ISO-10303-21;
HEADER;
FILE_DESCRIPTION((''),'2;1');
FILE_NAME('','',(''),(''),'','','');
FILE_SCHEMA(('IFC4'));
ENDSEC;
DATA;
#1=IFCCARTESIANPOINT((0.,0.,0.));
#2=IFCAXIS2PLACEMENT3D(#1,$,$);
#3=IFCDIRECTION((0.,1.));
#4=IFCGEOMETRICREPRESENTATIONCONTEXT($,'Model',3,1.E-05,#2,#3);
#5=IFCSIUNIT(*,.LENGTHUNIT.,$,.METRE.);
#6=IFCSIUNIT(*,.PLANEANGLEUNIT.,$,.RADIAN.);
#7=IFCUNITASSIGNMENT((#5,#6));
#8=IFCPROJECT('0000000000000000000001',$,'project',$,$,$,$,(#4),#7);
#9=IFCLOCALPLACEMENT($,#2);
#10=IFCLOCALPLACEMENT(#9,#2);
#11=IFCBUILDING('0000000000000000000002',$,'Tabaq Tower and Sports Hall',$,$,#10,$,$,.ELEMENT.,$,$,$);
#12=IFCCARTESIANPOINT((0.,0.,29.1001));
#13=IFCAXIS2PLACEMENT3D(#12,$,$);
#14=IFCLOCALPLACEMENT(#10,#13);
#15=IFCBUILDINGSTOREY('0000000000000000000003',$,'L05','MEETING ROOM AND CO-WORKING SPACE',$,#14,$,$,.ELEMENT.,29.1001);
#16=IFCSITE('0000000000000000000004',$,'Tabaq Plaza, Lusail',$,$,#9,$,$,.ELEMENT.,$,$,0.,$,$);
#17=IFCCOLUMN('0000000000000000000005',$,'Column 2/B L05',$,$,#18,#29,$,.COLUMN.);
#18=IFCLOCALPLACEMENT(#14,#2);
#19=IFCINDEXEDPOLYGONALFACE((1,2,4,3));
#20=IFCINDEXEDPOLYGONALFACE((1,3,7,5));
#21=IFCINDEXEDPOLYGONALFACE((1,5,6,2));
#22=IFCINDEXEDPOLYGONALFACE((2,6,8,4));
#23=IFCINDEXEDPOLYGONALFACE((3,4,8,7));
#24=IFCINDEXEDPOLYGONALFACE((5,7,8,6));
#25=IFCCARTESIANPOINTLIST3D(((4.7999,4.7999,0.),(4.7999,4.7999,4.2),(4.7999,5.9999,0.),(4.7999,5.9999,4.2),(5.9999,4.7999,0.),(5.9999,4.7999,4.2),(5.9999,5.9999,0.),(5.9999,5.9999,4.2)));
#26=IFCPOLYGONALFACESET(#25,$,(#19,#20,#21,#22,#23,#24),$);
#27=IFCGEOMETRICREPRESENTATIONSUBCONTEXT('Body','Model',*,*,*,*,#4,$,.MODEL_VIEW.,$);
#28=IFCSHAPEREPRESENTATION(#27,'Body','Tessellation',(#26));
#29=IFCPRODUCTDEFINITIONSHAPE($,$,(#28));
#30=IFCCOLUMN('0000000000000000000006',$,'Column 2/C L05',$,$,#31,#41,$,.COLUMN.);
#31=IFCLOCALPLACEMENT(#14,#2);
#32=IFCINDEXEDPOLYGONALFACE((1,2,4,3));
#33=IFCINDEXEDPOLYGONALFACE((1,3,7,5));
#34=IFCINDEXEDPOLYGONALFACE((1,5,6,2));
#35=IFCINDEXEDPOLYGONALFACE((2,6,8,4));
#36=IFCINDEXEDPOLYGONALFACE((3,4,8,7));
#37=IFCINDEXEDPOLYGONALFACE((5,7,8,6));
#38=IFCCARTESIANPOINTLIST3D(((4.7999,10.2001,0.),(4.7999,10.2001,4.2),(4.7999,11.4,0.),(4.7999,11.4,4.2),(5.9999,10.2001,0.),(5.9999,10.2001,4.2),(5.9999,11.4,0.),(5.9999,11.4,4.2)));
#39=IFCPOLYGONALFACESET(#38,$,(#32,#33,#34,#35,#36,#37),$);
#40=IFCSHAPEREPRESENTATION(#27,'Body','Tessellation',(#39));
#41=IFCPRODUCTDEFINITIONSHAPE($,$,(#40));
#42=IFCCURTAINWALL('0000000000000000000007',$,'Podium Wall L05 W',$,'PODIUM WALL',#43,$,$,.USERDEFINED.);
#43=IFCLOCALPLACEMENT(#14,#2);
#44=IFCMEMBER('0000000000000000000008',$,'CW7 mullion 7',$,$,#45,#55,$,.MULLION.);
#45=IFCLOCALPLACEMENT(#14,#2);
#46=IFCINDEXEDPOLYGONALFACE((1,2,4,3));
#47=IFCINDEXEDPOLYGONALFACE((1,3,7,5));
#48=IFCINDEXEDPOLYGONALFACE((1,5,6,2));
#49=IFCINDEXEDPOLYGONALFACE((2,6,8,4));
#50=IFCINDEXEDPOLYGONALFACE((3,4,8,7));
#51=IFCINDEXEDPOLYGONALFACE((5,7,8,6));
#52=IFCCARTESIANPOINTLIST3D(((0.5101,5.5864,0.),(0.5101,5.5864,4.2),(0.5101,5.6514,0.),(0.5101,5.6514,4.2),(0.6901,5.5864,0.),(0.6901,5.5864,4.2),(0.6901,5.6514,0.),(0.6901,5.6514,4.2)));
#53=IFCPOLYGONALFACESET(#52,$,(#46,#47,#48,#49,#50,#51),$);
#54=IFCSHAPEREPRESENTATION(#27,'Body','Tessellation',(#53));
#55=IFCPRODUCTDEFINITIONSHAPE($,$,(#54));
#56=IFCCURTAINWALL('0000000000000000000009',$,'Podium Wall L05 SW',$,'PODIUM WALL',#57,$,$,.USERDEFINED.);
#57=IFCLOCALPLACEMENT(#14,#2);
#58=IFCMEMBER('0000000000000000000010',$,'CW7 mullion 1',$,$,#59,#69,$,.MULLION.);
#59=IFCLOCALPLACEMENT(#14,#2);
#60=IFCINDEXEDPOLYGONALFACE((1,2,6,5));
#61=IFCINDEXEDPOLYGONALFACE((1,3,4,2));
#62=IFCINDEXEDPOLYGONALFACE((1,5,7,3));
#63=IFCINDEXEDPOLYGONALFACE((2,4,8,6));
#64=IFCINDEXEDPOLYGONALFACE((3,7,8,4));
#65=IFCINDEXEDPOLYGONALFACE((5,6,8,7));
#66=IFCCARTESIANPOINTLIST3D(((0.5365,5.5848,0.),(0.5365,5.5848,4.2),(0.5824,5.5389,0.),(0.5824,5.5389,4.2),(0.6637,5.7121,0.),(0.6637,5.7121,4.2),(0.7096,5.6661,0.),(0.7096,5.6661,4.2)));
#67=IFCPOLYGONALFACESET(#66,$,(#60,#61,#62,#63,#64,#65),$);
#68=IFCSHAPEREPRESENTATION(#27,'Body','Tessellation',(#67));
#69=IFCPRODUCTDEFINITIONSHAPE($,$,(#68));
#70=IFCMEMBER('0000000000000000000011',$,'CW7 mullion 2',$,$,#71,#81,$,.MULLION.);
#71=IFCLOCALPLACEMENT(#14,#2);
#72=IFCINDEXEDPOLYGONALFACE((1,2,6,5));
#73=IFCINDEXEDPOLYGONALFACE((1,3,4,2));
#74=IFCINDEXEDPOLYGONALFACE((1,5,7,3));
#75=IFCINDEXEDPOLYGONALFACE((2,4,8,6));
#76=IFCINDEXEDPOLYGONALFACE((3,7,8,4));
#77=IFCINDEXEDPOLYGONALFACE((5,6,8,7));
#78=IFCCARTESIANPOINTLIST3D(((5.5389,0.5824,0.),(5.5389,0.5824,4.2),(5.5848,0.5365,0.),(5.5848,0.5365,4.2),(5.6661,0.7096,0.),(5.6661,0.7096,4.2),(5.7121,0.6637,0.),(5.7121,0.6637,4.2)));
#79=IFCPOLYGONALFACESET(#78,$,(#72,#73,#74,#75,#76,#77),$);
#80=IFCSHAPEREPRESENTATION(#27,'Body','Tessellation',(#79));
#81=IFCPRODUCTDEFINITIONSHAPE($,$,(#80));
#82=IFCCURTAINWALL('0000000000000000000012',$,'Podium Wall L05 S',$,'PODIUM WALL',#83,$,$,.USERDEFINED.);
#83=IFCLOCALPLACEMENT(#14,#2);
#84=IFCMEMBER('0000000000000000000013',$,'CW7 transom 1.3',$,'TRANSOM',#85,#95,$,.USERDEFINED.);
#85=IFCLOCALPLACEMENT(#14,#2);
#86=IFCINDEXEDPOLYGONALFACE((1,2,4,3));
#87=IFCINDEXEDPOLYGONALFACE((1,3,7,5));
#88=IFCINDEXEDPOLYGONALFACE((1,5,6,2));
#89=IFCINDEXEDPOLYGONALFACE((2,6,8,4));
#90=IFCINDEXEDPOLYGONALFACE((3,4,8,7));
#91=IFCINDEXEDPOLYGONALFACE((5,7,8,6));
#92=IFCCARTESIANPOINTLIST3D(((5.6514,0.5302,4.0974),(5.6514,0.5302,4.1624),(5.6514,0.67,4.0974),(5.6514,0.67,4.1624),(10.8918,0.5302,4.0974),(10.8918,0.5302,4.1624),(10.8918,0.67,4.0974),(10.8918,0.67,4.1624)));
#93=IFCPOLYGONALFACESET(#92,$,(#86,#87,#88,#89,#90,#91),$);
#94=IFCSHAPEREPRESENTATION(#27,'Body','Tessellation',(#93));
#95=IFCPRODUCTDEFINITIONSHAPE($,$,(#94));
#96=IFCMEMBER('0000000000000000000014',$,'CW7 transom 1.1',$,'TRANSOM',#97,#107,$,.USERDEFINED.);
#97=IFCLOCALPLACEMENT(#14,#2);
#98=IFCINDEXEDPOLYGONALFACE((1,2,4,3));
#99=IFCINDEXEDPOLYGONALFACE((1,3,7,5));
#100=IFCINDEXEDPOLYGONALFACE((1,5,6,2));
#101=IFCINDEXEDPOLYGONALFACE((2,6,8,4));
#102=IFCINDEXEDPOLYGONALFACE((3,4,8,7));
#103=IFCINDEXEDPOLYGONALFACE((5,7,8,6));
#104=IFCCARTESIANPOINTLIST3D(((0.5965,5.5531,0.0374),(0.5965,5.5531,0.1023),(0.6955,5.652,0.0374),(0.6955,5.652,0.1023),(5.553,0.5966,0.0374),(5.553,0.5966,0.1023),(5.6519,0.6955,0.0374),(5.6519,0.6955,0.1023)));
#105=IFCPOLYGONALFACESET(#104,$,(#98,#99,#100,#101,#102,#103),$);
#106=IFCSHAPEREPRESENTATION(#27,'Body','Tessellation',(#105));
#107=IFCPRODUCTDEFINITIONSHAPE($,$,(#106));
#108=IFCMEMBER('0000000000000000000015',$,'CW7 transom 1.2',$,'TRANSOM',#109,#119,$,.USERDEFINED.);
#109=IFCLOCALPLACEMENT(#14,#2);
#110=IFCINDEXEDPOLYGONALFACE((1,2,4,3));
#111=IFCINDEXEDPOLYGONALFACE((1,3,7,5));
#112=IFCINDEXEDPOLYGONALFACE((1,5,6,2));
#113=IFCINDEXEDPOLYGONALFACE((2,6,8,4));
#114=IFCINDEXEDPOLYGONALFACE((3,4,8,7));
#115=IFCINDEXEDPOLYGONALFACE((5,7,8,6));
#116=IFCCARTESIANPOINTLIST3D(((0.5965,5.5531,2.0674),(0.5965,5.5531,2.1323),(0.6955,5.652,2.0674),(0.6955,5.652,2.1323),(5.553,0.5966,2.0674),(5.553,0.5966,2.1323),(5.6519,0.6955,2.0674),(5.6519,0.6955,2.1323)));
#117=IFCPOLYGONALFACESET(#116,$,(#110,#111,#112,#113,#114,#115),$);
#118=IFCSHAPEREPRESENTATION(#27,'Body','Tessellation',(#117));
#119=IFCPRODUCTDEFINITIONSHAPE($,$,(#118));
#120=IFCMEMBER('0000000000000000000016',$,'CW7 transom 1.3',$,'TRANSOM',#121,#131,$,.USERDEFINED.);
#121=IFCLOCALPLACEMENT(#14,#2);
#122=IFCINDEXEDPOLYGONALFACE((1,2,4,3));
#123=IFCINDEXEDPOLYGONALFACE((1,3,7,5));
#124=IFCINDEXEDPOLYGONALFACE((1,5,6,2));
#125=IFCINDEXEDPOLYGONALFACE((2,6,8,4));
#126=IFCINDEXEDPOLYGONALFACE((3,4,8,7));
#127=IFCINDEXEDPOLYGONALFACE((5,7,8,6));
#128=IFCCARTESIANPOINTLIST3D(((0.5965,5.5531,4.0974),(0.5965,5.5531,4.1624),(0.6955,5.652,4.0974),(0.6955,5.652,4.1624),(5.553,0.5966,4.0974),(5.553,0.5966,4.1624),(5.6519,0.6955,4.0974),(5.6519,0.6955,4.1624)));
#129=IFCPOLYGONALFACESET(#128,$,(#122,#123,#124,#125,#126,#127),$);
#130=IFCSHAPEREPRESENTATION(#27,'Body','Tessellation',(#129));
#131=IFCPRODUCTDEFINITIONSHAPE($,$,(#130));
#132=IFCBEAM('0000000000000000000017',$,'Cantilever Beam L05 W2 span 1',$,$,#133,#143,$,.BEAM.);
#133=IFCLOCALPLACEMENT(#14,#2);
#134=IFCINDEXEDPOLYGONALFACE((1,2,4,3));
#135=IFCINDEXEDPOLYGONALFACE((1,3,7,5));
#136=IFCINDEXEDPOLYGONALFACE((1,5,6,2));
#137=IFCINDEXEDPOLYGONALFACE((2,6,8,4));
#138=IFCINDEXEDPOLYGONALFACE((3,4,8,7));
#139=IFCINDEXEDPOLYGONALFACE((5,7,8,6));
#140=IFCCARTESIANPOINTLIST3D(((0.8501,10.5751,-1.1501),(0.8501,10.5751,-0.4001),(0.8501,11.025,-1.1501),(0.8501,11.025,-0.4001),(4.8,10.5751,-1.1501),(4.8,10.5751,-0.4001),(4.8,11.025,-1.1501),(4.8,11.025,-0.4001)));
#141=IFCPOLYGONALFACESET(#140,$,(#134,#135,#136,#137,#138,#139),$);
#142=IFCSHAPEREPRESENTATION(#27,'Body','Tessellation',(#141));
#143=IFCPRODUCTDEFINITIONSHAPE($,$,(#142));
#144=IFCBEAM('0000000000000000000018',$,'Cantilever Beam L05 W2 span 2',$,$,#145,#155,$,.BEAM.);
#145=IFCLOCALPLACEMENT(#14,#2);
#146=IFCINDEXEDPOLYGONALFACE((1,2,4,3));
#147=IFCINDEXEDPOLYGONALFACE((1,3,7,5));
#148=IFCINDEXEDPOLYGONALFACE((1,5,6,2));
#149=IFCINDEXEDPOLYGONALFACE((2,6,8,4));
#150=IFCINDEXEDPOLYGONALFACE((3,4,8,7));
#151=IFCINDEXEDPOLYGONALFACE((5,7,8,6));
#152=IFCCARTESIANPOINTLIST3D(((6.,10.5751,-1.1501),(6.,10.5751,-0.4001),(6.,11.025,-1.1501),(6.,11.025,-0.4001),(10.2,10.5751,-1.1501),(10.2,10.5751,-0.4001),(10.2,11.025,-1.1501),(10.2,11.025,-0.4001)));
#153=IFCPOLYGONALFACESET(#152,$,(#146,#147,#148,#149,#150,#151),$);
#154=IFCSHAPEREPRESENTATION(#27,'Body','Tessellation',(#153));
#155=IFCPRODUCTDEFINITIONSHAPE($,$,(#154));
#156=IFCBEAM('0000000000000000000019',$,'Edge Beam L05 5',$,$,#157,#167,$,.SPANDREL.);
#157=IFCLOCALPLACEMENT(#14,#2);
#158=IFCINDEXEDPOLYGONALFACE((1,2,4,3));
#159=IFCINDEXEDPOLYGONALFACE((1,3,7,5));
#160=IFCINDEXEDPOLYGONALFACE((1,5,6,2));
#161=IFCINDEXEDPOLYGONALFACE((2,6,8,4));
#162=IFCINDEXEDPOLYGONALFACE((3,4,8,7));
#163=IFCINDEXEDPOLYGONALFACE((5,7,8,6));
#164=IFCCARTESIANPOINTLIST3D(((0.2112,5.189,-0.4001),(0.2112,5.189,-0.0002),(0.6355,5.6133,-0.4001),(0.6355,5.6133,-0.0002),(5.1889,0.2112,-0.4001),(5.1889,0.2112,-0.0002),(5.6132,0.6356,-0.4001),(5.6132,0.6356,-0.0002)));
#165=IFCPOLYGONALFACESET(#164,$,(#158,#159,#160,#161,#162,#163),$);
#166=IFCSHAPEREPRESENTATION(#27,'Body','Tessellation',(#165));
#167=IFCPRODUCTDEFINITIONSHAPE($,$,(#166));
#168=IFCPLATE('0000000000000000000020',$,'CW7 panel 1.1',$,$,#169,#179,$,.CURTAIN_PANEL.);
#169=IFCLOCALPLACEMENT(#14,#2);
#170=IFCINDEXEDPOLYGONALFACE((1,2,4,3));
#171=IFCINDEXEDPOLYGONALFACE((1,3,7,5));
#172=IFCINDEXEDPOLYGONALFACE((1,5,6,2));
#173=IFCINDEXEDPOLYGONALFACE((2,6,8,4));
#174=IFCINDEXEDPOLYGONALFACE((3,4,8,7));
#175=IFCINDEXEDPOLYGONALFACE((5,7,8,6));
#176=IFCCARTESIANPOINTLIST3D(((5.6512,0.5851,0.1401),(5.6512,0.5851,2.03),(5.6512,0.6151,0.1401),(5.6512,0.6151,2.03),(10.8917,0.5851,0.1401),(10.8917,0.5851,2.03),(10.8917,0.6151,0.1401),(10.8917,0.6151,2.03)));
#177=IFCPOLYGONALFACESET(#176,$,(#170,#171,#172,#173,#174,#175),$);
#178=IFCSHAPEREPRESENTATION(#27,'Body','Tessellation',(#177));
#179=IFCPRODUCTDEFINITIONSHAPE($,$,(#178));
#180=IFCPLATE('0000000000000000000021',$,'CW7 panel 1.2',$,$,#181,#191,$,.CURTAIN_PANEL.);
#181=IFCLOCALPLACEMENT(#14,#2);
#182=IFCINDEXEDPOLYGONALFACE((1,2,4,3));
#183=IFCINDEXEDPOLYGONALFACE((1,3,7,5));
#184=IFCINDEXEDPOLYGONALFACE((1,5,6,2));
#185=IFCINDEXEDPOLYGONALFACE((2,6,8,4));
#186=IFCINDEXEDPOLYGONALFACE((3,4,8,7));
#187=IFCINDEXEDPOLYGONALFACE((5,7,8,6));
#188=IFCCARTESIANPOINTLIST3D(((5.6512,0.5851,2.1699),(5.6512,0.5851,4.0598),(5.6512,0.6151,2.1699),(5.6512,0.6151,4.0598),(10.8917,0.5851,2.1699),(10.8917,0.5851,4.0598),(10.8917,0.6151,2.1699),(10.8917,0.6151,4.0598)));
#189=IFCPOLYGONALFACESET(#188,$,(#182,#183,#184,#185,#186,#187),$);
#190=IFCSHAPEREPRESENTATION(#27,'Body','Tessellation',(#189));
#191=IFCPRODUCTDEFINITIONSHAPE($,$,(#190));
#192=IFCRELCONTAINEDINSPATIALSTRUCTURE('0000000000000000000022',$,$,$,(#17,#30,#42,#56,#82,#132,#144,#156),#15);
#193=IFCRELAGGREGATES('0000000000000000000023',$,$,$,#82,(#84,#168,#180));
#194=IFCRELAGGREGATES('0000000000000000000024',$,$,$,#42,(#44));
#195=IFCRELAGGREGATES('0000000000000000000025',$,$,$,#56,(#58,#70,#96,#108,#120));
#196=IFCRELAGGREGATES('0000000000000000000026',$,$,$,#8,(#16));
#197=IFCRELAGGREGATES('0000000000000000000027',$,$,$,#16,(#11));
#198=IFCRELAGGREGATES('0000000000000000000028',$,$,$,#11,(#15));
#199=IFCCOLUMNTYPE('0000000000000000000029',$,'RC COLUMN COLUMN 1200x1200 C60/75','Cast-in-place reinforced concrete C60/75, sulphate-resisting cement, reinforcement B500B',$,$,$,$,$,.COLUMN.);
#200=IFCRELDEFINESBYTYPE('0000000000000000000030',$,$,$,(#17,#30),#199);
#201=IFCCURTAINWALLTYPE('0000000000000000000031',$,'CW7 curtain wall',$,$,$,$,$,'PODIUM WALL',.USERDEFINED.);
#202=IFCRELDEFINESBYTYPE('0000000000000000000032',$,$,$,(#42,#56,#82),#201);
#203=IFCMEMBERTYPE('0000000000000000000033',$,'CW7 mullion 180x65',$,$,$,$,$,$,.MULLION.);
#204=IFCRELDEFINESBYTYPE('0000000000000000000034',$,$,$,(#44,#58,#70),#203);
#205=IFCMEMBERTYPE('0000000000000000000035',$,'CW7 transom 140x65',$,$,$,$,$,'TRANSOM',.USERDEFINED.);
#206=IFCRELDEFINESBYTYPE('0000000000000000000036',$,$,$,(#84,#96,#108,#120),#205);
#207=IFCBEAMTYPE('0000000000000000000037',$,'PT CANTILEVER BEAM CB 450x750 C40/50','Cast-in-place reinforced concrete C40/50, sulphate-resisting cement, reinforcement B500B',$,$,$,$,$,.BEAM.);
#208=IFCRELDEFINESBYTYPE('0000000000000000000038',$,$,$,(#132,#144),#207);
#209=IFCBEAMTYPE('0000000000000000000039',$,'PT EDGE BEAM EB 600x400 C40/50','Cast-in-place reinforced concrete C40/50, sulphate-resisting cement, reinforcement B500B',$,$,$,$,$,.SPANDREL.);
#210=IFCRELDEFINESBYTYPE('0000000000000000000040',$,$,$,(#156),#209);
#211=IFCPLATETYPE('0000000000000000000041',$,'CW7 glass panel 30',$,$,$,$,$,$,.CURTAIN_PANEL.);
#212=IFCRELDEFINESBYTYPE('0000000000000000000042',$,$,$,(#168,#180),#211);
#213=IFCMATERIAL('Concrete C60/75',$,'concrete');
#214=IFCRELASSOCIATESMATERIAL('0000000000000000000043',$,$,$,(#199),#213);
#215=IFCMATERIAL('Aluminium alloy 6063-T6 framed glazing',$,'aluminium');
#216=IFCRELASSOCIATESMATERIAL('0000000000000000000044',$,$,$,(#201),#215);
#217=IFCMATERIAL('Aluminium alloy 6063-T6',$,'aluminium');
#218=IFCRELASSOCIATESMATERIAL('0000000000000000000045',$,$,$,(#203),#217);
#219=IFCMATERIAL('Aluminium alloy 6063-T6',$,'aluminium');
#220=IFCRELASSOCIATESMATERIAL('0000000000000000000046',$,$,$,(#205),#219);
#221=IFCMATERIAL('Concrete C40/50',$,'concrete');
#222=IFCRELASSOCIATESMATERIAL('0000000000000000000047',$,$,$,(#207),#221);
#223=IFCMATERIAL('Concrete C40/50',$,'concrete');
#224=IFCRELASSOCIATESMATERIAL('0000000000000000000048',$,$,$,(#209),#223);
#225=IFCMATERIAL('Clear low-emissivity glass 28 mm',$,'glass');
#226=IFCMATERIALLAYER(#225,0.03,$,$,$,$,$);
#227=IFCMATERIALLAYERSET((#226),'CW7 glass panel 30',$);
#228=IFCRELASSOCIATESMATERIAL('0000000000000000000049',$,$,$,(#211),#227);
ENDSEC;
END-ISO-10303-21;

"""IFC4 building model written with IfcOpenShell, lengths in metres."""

from ifc_helpers import new_model, si_unit, direction, frame, origin, origin_2d, place, context, subcontext, project, spatial, rectangle, extrude, material, layer, layer_set, material_profile, profile_set, type_object, element, aggregate, save


model = new_model("IFC4")

# Units and contexts
model_context = context("Model", 3, precision=1e-05, world=origin(), true_north=direction((0.0, 1.0)))
body_context = subcontext(model_context, "Body", "Model", "MODEL_VIEW")
ifc_project = project(units=[si_unit("LENGTHUNIT", "METRE"), si_unit("PLANEANGLEUNIT", "RADIAN")], contexts=[model_context])

# Site, building, storey
site_placement = place(None, origin())
site = spatial("IfcSite", under=ifc_project, at=site_placement, Name="Tabaq Plaza, Lusail", CompositionType="ELEMENT", RefElevation=0.0)
building_placement = place(site_placement, origin())
building = spatial("IfcBuilding", under=site, at=building_placement, Name="Tabaq Tower and Sports Hall", CompositionType="ELEMENT")
storey_placement = place(building_placement, frame((0.0, 0.0, 29.1001)))
storey = spatial("IfcBuildingStorey", under=building, at=storey_placement, Name="L05", Description="MEETING ROOM AND CO-WORKING SPACE", CompositionType="ELEMENT", Elevation=29.1001)

# Columns
ifc_material_1 = material(Name="Concrete C60/75", Category="concrete")
ifc_material_profile_1 = material_profile(ifc_material_1, rectangle(XDim=1.2, YDim=1.2, at=origin_2d()), Name="COLUMN 1200x1200")
ifc_profile_set_1 = profile_set([ifc_material_profile_1], Name="Concrete C60/75")
column_type = type_object("IfcColumnType", Name="RC COLUMN COLUMN 1200x1200 C60/75", Description="Cast-in-place reinforced concrete C60/75, sulphate-resisting cement, reinforcement B500B", PredefinedType="COLUMN", material=ifc_profile_set_1)
for number, where, z_axis, x_axis, name in (
    (1, (5.3999, 5.3999, 0.0), (0.0, 0.0, 1.0), (1.0, 0.0, 0.0), "Column 2/B L05"),
    (2, (5.3999, 10.8, 0.0), (0.0, 0.0, 1.0), (1.0, 0.0, 0.0), "Column 2/C L05"),
):
    element("IfcColumn", number, at=place(storey_placement, frame(where, z_axis=z_axis, x_axis=x_axis)), inside=storey, type_object=column_type, Name=name, PredefinedType="COLUMN", context=body_context, shape_type="SweptSolid", body=[
        extrude(rectangle(XDim=1.2, YDim=1.2, at=origin_2d()), origin(), (0.0, 0.0, 1.0), 4.2),
    ])

# Curtain wall, member
ifc_material_2 = material(Name="Aluminium alloy 6063-T6 framed glazing", Category="aluminium")
curtain_wall_type = type_object("IfcCurtainWallType", Name="CW7 curtain wall", ElementType="PODIUM WALL", PredefinedType="USERDEFINED", material=ifc_material_2)
curtain_wall_1_placement = place(storey_placement, origin())
curtain_wall_1 = element("IfcCurtainWall", 3, at=curtain_wall_1_placement, inside=storey, type_object=curtain_wall_type, Name="Podium Wall L05 W", ObjectType="PODIUM WALL", PredefinedType="USERDEFINED")
ifc_material_3 = material(Name="Aluminium alloy 6063-T6", Category="aluminium")
ifc_material_profile_2 = material_profile(ifc_material_3, rectangle(XDim=0.1799, YDim=0.0649, at=origin_2d()), Name="MULLION 180x65")
ifc_profile_set_2 = profile_set([ifc_material_profile_2], Name="Aluminium alloy 6063-T6")
member_type_1 = type_object("IfcMemberType", Name="CW7 mullion 180x65", PredefinedType="MULLION", material=ifc_profile_set_2)
member_1_placement = place(storey_placement, frame((0.6001, 5.6189, 0.0), z_axis=(0.0, 0.0, 1.0), x_axis=(1.0, 0.0, 0.0)))
member_1 = element("IfcMember", 4, at=member_1_placement, type_object=member_type_1, Name="CW7 mullion 7", PredefinedType="MULLION", context=body_context, shape_type="SweptSolid", body=[
    extrude(rectangle(XDim=0.1799, YDim=0.0649, at=origin_2d()), origin(), (0.0, 0.0, 1.0), 4.2),
])

# Curtain wall, members
curtain_wall_2_placement = place(storey_placement, origin())
curtain_wall_2 = element("IfcCurtainWall", 5, at=curtain_wall_2_placement, inside=storey, type_object=curtain_wall_type, Name="Podium Wall L05 SW", ObjectType="PODIUM WALL", PredefinedType="USERDEFINED")
member_2_placement = place(storey_placement, frame((0.623, 5.6255, 0.0), z_axis=(0.0, 0.0, 1.0), x_axis=(0.707107, 0.707107, 0.0)))
member_2 = element("IfcMember", 6, at=member_2_placement, type_object=member_type_1, Name="CW7 mullion 1", PredefinedType="MULLION", context=body_context, shape_type="SweptSolid", body=[
    extrude(rectangle(XDim=0.1799, YDim=0.0649, at=origin_2d()), origin(), (0.0, 0.0, 1.0), 4.2),
])
member_3_placement = place(storey_placement, frame((5.6255, 0.623, 0.0), z_axis=(0.0, 0.0, 1.0), x_axis=(0.707107, 0.707107, 0.0)))
member_3 = element("IfcMember", 7, at=member_3_placement, type_object=member_type_1, Name="CW7 mullion 2", PredefinedType="MULLION", context=body_context, shape_type="SweptSolid", body=[
    extrude(rectangle(XDim=0.1799, YDim=0.0649, at=origin_2d()), origin(), (0.0, 0.0, 1.0), 4.2),
])

# Curtain wall, member
curtain_wall_3_placement = place(storey_placement, origin())
curtain_wall_3 = element("IfcCurtainWall", 8, at=curtain_wall_3_placement, inside=storey, type_object=curtain_wall_type, Name="Podium Wall L05 S", ObjectType="PODIUM WALL", PredefinedType="USERDEFINED")
ifc_material_4 = material(Name="Aluminium alloy 6063-T6", Category="aluminium")
ifc_material_profile_3 = material_profile(ifc_material_4, rectangle(XDim=0.1399, YDim=0.0649, at=origin_2d()), Name="TRANSOM 140x65")
ifc_profile_set_3 = profile_set([ifc_material_profile_3], Name="Aluminium alloy 6063-T6")
member_type_2 = type_object("IfcMemberType", Name="CW7 transom 140x65", ElementType="TRANSOM", PredefinedType="USERDEFINED", material=ifc_profile_set_3)
member_4_placement = place(storey_placement, frame((5.6514, 0.6001, 4.1299), z_axis=(1.0, 0.0, 0.0), x_axis=(0.0, 1.0, 0.0)))
member_4 = element("IfcMember", 9, at=member_4_placement, type_object=member_type_2, Name="CW7 transom 1.3", ObjectType="TRANSOM", PredefinedType="USERDEFINED", context=body_context, shape_type="SweptSolid", body=[
    extrude(rectangle(XDim=0.1399, YDim=0.0649, at=origin_2d()), origin(), (0.0, 0.0, 1.0), 5.2405),
])

# Members
member_5_placement = place(storey_placement, frame((0.646, 5.6025, 0.0698), z_axis=(0.707107, -0.707107, 0.0), x_axis=(0.707107, 0.707107, 0.0)))
member_5 = element("IfcMember", 10, at=member_5_placement, type_object=member_type_2, Name="CW7 transom 1.1", ObjectType="TRANSOM", PredefinedType="USERDEFINED", context=body_context, shape_type="SweptSolid", body=[
    extrude(rectangle(XDim=0.1399, YDim=0.0649, at=origin_2d()), origin(), (0.0, 0.0, 1.0), 7.0095),
])
member_6_placement = place(storey_placement, frame((0.646, 5.6025, 2.0999), z_axis=(0.707107, -0.707107, 0.0), x_axis=(0.707107, 0.707107, 0.0)))
member_6 = element("IfcMember", 11, at=member_6_placement, type_object=member_type_2, Name="CW7 transom 1.2", ObjectType="TRANSOM", PredefinedType="USERDEFINED", context=body_context, shape_type="SweptSolid", body=[
    extrude(rectangle(XDim=0.1399, YDim=0.0649, at=origin_2d()), origin(), (0.0, 0.0, 1.0), 7.0095),
])
member_7_placement = place(storey_placement, frame((0.646, 5.6025, 4.1299), z_axis=(0.707107, -0.707107, 0.0), x_axis=(0.707107, 0.707107, 0.0)))
member_7 = element("IfcMember", 12, at=member_7_placement, type_object=member_type_2, Name="CW7 transom 1.3", ObjectType="TRANSOM", PredefinedType="USERDEFINED", context=body_context, shape_type="SweptSolid", body=[
    extrude(rectangle(XDim=0.1399, YDim=0.0649, at=origin_2d()), origin(), (0.0, 0.0, 1.0), 7.0095),
])

# Beams
ifc_material_5 = material(Name="Concrete C40/50", Category="concrete")
ifc_material_profile_4 = material_profile(ifc_material_5, rectangle(XDim=0.45, YDim=0.75, at=origin_2d()), Name="CB 450x750")
ifc_profile_set_4 = profile_set([ifc_material_profile_4], Name="Concrete C40/50")
beam_type_1 = type_object("IfcBeamType", Name="PT CANTILEVER BEAM CB 450x750 C40/50", Description="Cast-in-place reinforced concrete C40/50, sulphate-resisting cement, reinforcement B500B", PredefinedType="BEAM", material=ifc_profile_set_4)
beam_1_placement = place(storey_placement, frame((0.8501, 10.8, -0.7751), z_axis=(1.0, 0.0, 0.0), x_axis=(0.0, 1.0, 0.0)))
element("IfcBeam", 13, at=beam_1_placement, inside=storey, type_object=beam_type_1, Name="Cantilever Beam L05 W2 span 1", PredefinedType="BEAM", context=body_context, shape_type="SweptSolid", body=[
    extrude(rectangle(XDim=0.45, YDim=0.75, at=origin_2d()), origin(), (0.0, 0.0, 1.0), 3.95),
])
beam_2_placement = place(storey_placement, frame((6.0, 10.8, -0.7751), z_axis=(1.0, 0.0, 0.0), x_axis=(0.0, 1.0, 0.0)))
element("IfcBeam", 14, at=beam_2_placement, inside=storey, type_object=beam_type_1, Name="Cantilever Beam L05 W2 span 2", PredefinedType="BEAM", context=body_context, shape_type="SweptSolid", body=[
    extrude(rectangle(XDim=0.45, YDim=0.75, at=origin_2d()), origin(), (0.0, 0.0, 1.0), 4.2),
])
ifc_material_6 = material(Name="Concrete C40/50", Category="concrete")
ifc_material_profile_5 = material_profile(ifc_material_6, rectangle(XDim=0.6001, YDim=0.3999, at=origin_2d()), Name="EB 600x400")
ifc_profile_set_5 = profile_set([ifc_material_profile_5], Name="Concrete C40/50")
beam_type_2 = type_object("IfcBeamType", Name="PT EDGE BEAM EB 600x400 C40/50", Description="Cast-in-place reinforced concrete C40/50, sulphate-resisting cement, reinforcement B500B", PredefinedType="SPANDREL", material=ifc_profile_set_5)
beam_3_placement = place(storey_placement, frame((0.4233, 5.4011, -0.2002), z_axis=(0.707107, -0.707107, 0.0), x_axis=(0.707107, 0.707107, 0.0)))
element("IfcBeam", 15, at=beam_3_placement, inside=storey, type_object=beam_type_2, Name="Edge Beam L05 5", PredefinedType="SPANDREL", context=body_context, shape_type="SweptSolid", body=[
    extrude(rectangle(XDim=0.6001, YDim=0.3999, at=origin_2d()), origin(), (0.0, 0.0, 1.0), 7.0396),
])

# Plates
ifc_material_7 = material(Name="Clear low-emissivity glass 28 mm", Category="glass")
ifc_layer_1 = layer(ifc_material_7, 0.03)
ifc_layer_set_1 = layer_set([ifc_layer_1], Name="CW7 glass panel 30")
plate_type = type_object("IfcPlateType", Name="CW7 glass panel 30", PredefinedType="CURTAIN_PANEL", material=ifc_layer_set_1)
plate_1_placement = place(storey_placement, frame((8.2715, 0.6001, 0.1401), z_axis=(0.0, 0.0, 1.0), x_axis=(1.0, 0.0, 0.0)))
plate_1 = element("IfcPlate", 16, at=plate_1_placement, type_object=plate_type, Name="CW7 panel 1.1", PredefinedType="CURTAIN_PANEL", context=body_context, shape_type="SweptSolid", body=[
    extrude(rectangle(XDim=5.2405, YDim=0.03, at=origin_2d()), origin(), (0.0, 0.0, 1.0), 1.8899),
])
plate_2_placement = place(storey_placement, frame((8.2715, 0.6001, 2.1699), z_axis=(0.0, 0.0, 1.0), x_axis=(1.0, 0.0, 0.0)))
plate_2 = element("IfcPlate", 17, at=plate_2_placement, type_object=plate_type, Name="CW7 panel 1.2", PredefinedType="CURTAIN_PANEL", context=body_context, shape_type="SweptSolid", body=[
    extrude(rectangle(XDim=5.2405, YDim=0.03, at=origin_2d()), origin(), (0.0, 0.0, 1.0), 1.8899),
])
aggregate(curtain_wall_3, [member_4, plate_1, plate_2])
aggregate(curtain_wall_1, [member_1])
aggregate(curtain_wall_2, [member_2, member_3, member_5, member_6, member_7])

save(model, "model.ifc")
